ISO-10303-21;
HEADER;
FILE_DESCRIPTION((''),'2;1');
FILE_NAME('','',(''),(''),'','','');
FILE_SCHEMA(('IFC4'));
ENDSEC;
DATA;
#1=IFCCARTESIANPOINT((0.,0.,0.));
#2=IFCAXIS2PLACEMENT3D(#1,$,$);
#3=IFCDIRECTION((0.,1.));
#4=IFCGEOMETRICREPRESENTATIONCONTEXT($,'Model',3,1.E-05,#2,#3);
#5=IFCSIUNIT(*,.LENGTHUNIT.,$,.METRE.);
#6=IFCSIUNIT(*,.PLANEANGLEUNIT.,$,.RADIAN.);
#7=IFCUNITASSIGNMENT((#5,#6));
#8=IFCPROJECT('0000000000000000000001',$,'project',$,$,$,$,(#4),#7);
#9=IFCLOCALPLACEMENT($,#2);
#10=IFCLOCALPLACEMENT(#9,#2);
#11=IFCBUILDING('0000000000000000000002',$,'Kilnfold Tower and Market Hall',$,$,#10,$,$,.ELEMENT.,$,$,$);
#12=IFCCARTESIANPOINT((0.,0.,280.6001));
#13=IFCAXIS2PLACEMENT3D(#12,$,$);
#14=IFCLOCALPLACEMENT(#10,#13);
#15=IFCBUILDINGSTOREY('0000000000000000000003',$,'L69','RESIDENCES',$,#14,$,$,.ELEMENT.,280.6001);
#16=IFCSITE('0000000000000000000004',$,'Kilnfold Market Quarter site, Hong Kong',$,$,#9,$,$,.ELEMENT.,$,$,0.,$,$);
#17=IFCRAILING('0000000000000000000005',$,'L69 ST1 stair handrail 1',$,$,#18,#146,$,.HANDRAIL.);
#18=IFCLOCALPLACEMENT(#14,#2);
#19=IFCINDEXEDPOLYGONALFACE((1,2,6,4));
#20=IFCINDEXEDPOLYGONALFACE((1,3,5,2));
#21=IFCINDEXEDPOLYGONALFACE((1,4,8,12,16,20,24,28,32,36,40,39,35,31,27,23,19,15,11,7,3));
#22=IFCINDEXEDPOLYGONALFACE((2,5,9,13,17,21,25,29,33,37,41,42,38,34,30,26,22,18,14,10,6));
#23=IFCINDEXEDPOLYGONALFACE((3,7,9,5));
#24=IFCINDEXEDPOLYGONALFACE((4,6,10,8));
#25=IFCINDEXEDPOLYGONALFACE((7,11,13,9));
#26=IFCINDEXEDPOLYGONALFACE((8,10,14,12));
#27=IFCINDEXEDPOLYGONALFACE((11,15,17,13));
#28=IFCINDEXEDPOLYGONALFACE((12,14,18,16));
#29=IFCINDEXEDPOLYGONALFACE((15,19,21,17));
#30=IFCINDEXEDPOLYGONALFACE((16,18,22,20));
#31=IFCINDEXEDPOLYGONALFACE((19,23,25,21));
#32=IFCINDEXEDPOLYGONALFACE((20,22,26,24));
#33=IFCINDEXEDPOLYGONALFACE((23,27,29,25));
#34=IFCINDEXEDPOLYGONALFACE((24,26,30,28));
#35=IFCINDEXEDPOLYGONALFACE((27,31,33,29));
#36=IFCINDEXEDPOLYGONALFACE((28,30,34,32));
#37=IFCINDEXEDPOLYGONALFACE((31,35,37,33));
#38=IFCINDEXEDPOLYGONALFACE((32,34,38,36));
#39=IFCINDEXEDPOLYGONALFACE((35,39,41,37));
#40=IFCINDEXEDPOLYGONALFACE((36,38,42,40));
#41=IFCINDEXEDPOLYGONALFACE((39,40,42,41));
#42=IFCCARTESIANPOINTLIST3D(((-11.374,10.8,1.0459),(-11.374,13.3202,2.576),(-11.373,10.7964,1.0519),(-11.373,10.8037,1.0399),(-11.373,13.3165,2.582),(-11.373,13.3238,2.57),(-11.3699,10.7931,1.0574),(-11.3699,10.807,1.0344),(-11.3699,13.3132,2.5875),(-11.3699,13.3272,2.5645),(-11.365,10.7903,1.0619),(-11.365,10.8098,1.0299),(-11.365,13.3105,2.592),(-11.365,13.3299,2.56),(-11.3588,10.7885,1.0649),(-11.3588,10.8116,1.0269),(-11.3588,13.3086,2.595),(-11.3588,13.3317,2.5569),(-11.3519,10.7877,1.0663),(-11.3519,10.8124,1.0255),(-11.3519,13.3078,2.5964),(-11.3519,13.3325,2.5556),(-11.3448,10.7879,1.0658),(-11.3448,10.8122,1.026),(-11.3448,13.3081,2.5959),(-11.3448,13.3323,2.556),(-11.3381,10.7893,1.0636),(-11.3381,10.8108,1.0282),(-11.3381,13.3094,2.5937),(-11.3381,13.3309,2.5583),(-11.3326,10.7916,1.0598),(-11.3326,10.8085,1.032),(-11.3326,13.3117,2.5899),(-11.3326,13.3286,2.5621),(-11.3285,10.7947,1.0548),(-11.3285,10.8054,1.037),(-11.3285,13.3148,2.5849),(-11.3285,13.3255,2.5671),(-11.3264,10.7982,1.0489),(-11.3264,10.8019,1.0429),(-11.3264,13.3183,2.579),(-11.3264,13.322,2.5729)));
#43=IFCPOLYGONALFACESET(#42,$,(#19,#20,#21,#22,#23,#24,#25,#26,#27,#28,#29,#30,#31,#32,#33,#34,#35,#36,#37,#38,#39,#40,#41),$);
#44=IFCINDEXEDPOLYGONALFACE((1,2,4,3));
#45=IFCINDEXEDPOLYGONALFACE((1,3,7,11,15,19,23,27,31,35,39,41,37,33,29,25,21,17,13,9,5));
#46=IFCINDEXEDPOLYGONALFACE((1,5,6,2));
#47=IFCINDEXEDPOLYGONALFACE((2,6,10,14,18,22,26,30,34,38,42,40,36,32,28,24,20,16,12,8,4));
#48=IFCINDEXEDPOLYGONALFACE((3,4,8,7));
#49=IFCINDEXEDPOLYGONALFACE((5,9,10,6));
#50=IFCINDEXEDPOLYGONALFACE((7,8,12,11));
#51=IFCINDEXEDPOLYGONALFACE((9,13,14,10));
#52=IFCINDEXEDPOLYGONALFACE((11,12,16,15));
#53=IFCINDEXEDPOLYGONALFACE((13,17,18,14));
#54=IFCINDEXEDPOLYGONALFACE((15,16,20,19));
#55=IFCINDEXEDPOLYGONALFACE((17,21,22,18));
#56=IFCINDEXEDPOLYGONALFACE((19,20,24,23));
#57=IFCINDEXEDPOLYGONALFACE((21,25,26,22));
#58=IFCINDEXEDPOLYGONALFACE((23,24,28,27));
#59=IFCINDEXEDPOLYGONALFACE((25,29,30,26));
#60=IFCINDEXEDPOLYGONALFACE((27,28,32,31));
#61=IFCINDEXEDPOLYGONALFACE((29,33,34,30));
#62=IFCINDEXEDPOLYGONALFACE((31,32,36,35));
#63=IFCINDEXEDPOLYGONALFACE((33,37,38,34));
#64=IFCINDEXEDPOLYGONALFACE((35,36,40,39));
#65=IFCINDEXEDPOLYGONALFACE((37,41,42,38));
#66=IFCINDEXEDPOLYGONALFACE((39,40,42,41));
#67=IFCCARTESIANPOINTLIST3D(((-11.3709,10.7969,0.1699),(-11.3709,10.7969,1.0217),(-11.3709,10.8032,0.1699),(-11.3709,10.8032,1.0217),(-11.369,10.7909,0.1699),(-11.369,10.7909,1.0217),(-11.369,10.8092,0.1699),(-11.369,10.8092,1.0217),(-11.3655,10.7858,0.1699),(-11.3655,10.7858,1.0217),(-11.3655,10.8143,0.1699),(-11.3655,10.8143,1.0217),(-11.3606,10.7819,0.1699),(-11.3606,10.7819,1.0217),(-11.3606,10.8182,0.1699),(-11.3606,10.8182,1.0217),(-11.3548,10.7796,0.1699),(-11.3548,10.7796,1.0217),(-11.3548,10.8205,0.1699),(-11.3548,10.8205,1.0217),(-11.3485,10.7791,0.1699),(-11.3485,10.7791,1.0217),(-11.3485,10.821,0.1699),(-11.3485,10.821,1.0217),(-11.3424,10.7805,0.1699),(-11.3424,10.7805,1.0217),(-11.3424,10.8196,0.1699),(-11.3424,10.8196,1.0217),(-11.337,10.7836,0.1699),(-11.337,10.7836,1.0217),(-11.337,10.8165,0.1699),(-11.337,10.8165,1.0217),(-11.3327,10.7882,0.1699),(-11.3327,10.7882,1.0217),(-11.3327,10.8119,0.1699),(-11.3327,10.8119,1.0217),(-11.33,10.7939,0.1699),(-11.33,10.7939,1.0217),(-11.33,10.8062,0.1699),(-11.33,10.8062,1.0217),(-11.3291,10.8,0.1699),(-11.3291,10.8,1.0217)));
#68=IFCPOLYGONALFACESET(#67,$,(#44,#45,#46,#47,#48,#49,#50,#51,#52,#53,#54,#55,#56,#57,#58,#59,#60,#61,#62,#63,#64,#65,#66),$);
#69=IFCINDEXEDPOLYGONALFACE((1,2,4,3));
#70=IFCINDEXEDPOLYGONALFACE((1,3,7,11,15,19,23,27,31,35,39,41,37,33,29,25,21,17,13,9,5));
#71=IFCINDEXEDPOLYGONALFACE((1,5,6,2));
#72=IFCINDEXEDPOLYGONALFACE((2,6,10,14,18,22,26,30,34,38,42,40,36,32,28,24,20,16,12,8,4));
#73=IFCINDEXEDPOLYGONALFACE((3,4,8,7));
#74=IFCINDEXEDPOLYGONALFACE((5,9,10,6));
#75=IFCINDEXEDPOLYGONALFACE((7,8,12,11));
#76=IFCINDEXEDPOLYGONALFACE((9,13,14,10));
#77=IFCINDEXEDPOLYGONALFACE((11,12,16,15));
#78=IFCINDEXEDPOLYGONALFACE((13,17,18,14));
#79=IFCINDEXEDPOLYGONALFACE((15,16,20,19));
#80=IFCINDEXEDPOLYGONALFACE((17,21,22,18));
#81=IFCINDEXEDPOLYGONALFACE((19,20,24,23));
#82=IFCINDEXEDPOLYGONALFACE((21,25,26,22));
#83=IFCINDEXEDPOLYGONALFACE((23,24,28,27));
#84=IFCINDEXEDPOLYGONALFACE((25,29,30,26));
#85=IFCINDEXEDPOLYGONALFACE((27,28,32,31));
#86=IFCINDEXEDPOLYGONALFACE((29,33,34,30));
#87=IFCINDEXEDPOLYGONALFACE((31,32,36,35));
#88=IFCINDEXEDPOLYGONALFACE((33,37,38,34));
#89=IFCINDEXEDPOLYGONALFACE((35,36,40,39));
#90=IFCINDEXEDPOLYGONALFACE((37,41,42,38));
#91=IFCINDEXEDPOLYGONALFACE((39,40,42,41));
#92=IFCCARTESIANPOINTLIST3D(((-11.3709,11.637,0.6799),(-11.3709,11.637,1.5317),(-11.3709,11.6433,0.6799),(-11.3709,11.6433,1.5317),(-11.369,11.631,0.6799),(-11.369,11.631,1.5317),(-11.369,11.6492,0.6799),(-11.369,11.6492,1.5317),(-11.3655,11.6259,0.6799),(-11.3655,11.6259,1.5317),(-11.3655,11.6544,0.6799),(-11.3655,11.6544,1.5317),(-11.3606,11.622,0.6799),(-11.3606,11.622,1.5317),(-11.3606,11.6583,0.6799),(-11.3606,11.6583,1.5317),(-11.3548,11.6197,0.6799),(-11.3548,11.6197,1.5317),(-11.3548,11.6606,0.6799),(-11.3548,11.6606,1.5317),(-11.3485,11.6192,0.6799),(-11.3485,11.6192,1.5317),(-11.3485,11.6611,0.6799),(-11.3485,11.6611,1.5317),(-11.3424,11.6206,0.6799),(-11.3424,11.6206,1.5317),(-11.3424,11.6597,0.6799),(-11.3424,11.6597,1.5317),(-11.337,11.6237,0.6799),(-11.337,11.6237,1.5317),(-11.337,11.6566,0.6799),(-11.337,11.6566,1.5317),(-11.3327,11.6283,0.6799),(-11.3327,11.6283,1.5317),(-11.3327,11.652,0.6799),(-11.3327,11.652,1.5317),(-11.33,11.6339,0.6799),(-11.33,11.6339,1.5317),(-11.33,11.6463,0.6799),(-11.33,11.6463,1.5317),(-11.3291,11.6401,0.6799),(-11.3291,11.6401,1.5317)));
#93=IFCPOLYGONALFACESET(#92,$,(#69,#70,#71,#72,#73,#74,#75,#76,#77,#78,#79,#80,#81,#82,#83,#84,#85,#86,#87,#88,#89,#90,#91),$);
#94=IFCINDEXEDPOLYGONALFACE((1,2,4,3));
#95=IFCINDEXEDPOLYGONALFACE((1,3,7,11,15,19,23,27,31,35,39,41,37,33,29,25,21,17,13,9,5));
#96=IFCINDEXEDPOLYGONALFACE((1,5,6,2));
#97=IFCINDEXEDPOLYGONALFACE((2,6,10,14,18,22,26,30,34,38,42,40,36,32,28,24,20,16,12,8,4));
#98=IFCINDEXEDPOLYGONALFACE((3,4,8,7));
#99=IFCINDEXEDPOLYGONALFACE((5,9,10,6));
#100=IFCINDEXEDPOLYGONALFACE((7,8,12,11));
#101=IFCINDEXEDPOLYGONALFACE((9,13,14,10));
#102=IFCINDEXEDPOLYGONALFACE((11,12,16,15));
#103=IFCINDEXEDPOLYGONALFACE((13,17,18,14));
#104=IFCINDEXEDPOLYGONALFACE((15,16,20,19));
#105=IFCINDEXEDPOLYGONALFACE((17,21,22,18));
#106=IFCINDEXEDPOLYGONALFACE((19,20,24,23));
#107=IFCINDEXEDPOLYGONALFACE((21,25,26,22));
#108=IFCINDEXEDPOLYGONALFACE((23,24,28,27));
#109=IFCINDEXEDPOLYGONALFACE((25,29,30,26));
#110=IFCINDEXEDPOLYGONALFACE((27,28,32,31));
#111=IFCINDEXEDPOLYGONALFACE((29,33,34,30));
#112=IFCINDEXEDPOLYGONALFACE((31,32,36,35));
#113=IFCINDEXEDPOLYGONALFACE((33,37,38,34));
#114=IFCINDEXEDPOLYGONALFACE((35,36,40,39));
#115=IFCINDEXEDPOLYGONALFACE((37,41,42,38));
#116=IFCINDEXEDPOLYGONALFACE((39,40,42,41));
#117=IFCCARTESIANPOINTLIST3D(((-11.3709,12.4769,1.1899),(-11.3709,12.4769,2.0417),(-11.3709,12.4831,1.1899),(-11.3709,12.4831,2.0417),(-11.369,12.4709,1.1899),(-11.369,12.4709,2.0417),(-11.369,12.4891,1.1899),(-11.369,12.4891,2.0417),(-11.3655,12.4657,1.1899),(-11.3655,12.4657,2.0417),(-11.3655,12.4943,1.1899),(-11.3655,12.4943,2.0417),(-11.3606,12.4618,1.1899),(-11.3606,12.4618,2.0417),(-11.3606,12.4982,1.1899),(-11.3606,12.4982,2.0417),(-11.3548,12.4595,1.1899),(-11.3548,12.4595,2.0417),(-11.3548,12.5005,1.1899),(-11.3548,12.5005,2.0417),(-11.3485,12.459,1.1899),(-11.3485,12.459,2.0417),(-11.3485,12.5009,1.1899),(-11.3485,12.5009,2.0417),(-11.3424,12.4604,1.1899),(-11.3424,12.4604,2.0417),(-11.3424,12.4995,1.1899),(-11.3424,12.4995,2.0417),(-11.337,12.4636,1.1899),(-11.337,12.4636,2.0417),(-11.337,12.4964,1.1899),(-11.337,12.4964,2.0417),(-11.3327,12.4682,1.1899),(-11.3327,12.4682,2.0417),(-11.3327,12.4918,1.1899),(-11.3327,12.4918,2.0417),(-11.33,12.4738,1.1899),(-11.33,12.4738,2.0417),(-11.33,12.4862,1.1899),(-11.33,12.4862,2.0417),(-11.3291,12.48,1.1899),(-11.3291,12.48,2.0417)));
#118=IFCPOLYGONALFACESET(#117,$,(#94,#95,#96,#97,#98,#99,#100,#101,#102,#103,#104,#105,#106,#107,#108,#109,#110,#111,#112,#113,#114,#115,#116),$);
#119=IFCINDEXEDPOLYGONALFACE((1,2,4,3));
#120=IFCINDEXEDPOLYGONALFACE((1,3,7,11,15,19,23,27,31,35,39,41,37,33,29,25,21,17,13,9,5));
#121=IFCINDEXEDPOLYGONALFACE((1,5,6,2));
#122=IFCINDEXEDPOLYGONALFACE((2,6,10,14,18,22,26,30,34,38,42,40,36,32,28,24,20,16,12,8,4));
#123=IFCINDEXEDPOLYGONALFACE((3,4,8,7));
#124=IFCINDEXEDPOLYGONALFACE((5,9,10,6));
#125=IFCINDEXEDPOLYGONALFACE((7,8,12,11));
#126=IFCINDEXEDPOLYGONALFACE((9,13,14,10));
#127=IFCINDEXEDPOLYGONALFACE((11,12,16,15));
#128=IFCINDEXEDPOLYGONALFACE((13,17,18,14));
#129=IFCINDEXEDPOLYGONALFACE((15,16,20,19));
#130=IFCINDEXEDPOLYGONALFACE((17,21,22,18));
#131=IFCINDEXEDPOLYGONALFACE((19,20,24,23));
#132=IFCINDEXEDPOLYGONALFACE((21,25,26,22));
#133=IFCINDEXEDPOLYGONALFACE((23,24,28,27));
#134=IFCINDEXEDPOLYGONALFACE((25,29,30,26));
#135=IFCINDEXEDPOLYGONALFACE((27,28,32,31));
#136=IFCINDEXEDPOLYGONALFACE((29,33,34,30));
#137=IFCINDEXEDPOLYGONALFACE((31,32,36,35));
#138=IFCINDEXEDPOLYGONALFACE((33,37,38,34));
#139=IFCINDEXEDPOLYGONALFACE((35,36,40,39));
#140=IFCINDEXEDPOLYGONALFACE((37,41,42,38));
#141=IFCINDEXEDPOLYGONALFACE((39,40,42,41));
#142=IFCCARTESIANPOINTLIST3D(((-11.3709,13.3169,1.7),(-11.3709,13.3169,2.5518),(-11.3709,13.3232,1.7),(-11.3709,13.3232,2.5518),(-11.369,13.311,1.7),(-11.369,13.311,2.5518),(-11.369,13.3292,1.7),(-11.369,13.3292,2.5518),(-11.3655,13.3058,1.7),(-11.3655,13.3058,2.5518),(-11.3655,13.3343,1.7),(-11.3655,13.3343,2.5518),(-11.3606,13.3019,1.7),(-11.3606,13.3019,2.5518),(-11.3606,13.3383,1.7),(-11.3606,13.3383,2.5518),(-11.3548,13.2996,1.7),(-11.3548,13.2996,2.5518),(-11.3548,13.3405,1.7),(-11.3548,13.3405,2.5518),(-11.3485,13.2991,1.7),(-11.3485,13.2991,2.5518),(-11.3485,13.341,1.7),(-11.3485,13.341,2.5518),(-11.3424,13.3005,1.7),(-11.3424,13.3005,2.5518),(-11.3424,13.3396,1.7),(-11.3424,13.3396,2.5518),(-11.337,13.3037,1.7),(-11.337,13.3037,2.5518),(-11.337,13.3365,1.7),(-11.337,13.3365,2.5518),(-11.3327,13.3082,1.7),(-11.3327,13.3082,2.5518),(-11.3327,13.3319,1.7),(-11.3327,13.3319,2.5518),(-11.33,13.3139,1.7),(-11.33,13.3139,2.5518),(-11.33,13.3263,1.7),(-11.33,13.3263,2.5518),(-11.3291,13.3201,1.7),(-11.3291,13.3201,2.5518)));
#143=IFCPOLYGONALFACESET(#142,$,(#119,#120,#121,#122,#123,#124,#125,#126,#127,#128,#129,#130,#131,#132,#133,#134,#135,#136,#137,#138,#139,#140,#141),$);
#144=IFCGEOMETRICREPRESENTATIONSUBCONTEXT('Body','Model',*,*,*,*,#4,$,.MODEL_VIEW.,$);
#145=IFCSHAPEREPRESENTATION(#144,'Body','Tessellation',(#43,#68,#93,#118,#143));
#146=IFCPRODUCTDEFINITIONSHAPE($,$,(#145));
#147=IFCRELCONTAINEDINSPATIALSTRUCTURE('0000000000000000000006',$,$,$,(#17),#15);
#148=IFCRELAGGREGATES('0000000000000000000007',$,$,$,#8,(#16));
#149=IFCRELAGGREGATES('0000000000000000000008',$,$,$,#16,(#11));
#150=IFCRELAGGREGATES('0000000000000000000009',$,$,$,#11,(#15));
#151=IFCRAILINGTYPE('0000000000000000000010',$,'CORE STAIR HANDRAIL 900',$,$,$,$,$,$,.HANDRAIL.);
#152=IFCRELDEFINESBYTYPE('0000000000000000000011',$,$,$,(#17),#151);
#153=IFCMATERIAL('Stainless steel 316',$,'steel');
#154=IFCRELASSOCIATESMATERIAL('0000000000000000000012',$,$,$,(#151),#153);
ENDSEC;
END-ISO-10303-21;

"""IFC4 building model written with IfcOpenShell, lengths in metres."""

from ifc_helpers import new_model, si_unit, direction, frame, origin, origin_2d, place, context, subcontext, project, spatial, circle, extrude, material, type_object, element, save


model = new_model("IFC4")

# Units and contexts
model_context = context("Model", 3, precision=1e-05, world=origin(), true_north=direction((0.0, 1.0)))
body_context = subcontext(model_context, "Body", "Model", "MODEL_VIEW")
ifc_project = project(units=[si_unit("LENGTHUNIT", "METRE"), si_unit("PLANEANGLEUNIT", "RADIAN")], contexts=[model_context])

# Site, building, storey
site_placement = place(None, origin())
site = spatial("IfcSite", under=ifc_project, at=site_placement, Name="Kilnfold Market Quarter site, Hong Kong", CompositionType="ELEMENT", RefElevation=0.0)
building_placement = place(site_placement, origin())
building = spatial("IfcBuilding", under=site, at=building_placement, Name="Kilnfold Tower and Market Hall", CompositionType="ELEMENT")
storey_placement = place(building_placement, frame((0.0, 0.0, 280.6001)))
storey = spatial("IfcBuildingStorey", under=building, at=storey_placement, Name="L69", Description="RESIDENCES", CompositionType="ELEMENT", Elevation=280.6001)

# Railing
ifc_material_1 = material(Name="Stainless steel 316", Category="steel")
railing_type_1 = type_object("IfcRailingType", Name="CORE STAIR HANDRAIL 900", PredefinedType="HANDRAIL", material=ifc_material_1)
railing_1_placement = place(storey_placement, frame((-11.3501, 10.8, 0.1699)))
element("IfcRailing", 1, at=railing_1_placement, inside=storey, type_object=railing_type_1, Name="L69 ST1 stair handrail 1", PredefinedType="HANDRAIL", context=body_context, shape_type="SweptSolid", body=[
    extrude(circle(Radius=0.0239, at=origin_2d()), frame((0.0, 0.0, 0.876), z_axis=(0.0, 0.854785, 0.518982), x_axis=(-1.0, 0.0, 0.0)), (0.0, 0.0, 1.0), 2.9482),
    extrude(circle(Radius=0.021, at=origin_2d()), origin(), (0.0, 0.0, 1.0), 0.8518),
    extrude(circle(Radius=0.021, at=origin_2d()), frame((0.0, 0.8401, 0.51)), (0.0, 0.0, 1.0), 0.8518),
    extrude(circle(Radius=0.021, at=origin_2d()), frame((0.0, 1.6799, 1.02)), (0.0, 0.0, 1.0), 0.8518),
    extrude(circle(Radius=0.021, at=origin_2d()), frame((0.0, 2.52, 1.53)), (0.0, 0.0, 1.0), 0.8518),
])

save(model, "model.ifc")
